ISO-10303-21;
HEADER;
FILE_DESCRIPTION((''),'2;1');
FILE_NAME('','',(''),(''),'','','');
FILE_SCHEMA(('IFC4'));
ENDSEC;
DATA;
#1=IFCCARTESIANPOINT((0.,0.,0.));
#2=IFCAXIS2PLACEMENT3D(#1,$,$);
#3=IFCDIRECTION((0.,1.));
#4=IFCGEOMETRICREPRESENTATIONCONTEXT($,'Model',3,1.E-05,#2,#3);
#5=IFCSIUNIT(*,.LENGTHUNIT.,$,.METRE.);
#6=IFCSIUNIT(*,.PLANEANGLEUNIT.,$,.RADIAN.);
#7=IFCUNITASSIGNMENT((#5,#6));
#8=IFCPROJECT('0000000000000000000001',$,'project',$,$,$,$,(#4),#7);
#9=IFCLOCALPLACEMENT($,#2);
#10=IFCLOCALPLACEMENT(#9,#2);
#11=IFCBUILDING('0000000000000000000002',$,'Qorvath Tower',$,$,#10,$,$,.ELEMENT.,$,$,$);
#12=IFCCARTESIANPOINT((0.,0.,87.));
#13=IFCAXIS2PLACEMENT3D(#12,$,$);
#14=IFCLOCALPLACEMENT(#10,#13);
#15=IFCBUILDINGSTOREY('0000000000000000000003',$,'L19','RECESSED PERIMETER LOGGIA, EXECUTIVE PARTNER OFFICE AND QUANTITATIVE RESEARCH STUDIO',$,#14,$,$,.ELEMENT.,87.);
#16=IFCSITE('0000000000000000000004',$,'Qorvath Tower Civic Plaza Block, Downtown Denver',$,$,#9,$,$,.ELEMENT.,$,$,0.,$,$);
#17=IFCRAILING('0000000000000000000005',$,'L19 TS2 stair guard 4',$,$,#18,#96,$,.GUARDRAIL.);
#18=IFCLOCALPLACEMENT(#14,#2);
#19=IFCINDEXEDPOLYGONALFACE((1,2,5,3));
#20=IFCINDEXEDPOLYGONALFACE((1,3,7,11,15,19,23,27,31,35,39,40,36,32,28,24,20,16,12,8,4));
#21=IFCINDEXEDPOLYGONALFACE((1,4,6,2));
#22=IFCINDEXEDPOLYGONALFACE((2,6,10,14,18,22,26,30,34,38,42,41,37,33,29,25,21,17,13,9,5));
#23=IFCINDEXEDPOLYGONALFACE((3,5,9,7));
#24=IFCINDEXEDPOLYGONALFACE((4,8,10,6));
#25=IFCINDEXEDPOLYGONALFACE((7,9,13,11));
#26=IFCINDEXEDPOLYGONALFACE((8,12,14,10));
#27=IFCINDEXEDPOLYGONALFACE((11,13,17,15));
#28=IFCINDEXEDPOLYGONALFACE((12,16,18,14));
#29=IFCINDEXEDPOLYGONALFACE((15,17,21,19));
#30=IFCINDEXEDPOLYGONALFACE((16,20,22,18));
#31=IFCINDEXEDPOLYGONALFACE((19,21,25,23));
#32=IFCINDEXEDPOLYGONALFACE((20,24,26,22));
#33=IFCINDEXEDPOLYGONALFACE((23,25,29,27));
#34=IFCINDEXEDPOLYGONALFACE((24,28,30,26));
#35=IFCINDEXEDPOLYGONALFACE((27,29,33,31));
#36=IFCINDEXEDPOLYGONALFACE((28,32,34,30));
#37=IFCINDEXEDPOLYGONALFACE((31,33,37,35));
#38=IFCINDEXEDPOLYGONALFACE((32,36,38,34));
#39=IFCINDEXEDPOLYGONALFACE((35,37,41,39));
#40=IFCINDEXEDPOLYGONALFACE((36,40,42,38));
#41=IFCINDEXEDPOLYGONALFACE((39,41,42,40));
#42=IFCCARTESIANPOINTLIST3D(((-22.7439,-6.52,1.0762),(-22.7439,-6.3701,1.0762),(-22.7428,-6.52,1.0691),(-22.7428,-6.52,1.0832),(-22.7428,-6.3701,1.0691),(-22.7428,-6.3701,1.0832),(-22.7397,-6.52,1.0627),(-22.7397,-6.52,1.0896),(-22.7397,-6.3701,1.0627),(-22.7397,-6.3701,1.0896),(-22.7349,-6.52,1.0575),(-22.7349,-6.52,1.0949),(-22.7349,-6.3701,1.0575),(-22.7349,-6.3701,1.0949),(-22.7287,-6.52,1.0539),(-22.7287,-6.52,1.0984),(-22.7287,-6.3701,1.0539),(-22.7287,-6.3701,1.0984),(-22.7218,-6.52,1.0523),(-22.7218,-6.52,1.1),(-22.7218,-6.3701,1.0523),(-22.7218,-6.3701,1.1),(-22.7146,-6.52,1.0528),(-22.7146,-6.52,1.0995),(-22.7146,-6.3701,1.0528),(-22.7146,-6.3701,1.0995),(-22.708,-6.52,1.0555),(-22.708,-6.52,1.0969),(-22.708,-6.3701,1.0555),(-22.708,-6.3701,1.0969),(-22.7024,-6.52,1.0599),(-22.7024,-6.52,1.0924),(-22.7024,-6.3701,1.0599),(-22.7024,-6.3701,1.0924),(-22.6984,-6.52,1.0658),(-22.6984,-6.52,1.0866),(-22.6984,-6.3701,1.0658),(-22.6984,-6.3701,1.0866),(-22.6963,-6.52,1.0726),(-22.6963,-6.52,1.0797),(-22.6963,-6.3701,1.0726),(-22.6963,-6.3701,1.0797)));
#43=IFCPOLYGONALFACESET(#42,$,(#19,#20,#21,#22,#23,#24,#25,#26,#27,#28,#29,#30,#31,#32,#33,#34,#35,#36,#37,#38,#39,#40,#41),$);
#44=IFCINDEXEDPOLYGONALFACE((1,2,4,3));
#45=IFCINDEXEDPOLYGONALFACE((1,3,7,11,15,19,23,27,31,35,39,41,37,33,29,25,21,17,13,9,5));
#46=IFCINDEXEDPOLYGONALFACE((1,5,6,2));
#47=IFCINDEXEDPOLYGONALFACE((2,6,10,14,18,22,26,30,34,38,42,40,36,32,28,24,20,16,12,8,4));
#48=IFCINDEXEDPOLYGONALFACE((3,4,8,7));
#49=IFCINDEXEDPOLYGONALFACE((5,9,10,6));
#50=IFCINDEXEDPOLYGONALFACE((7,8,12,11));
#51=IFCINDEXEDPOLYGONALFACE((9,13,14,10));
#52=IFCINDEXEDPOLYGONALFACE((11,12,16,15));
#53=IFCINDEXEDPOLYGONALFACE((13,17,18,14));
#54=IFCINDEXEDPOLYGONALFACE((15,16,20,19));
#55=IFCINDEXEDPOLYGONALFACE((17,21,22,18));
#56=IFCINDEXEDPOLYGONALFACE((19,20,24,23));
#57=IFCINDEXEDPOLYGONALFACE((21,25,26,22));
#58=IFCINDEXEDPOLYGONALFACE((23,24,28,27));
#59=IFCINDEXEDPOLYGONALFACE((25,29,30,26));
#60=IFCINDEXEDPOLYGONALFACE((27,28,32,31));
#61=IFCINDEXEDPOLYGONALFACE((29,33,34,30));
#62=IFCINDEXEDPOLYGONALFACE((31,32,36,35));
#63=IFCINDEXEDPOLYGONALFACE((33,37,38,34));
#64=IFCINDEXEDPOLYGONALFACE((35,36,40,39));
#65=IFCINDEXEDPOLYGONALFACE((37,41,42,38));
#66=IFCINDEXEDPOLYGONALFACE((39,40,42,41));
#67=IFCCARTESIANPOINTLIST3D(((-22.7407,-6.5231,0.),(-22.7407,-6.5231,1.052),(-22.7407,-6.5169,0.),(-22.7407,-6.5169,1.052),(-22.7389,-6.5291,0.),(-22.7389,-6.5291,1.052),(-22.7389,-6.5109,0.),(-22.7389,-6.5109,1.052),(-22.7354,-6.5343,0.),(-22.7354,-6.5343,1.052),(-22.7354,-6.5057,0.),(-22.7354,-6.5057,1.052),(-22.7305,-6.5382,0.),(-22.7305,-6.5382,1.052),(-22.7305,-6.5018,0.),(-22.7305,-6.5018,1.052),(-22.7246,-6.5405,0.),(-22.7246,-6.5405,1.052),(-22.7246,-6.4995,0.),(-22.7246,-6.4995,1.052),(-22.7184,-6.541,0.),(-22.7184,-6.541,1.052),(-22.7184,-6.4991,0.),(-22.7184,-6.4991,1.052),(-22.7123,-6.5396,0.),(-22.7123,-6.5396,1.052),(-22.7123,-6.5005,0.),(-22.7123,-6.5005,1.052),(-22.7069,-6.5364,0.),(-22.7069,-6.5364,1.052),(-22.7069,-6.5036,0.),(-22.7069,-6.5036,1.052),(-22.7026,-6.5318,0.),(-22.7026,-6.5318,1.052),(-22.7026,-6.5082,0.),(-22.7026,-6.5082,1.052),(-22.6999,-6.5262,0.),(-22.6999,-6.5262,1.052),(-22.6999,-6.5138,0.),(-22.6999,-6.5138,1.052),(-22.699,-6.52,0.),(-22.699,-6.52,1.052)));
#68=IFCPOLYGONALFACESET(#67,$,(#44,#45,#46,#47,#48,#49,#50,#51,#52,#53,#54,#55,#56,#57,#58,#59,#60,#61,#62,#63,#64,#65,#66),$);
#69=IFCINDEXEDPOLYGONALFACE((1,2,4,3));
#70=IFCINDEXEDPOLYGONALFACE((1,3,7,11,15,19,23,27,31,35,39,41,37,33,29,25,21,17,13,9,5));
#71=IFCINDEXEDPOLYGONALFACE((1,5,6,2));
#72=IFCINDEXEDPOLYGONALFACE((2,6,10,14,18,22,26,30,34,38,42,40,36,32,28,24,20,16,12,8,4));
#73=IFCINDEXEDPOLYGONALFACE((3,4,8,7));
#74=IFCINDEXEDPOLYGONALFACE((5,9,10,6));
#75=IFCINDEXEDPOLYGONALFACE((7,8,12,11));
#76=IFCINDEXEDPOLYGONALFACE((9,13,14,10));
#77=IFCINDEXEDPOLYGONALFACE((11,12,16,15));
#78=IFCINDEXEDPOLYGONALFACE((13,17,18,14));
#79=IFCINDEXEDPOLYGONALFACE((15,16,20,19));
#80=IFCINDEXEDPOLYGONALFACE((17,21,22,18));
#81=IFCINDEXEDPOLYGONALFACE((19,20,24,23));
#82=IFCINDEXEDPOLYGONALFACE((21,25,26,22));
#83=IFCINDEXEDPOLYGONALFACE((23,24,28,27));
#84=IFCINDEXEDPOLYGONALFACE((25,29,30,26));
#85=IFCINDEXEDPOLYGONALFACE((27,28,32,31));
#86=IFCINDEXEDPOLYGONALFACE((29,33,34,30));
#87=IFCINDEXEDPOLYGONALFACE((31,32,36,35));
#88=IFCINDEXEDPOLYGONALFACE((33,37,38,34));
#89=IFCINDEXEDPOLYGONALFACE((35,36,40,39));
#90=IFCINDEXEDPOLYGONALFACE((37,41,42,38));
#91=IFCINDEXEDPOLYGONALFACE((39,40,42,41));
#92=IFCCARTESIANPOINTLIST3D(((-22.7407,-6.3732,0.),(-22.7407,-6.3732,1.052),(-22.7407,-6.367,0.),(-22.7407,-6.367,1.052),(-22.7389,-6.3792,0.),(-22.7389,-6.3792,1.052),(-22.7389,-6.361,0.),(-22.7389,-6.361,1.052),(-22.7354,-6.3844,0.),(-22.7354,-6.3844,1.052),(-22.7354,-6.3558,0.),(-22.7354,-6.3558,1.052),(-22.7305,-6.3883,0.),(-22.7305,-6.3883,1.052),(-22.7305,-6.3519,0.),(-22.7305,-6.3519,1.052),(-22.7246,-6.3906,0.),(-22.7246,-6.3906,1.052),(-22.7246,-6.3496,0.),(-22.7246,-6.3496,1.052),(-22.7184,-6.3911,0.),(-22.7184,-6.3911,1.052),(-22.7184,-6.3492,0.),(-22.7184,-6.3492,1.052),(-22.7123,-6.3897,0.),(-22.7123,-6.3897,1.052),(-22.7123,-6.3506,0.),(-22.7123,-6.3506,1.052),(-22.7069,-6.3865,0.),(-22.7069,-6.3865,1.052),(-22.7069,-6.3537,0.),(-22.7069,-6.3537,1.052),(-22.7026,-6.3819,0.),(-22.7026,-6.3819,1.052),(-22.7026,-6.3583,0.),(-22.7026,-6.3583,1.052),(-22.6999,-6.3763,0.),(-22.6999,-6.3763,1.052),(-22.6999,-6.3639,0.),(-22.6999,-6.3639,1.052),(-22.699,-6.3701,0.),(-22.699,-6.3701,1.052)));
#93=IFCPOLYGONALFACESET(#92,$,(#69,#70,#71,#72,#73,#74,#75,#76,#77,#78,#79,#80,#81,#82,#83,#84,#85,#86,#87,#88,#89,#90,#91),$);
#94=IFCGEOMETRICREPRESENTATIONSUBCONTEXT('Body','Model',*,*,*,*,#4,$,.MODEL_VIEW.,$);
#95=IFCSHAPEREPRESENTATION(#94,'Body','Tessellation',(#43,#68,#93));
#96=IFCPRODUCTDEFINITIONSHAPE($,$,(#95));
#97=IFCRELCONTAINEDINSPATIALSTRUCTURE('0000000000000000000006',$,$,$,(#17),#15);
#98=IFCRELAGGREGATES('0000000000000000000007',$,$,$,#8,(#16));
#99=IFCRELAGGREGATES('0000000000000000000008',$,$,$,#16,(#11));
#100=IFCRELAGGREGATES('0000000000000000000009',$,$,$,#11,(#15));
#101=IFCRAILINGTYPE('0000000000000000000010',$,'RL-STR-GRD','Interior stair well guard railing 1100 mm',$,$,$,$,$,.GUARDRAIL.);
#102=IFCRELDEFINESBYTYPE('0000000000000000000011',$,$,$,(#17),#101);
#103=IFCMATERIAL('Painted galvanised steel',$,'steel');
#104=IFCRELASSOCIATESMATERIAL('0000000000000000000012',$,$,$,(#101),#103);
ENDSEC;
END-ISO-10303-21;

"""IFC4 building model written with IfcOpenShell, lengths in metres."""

from ifc_helpers import new_model, si_unit, direction, frame, origin, origin_2d, place, context, subcontext, project, spatial, circle, extrude, material, type_object, element, save


model = new_model("IFC4")

# Units and contexts
model_context = context("Model", 3, precision=1e-05, world=origin(), true_north=direction((0.0, 1.0)))
body_context = subcontext(model_context, "Body", "Model", "MODEL_VIEW")
ifc_project = project(units=[si_unit("LENGTHUNIT", "METRE"), si_unit("PLANEANGLEUNIT", "RADIAN")], contexts=[model_context])

# Site, building, storey
site_placement = place(None, origin())
site = spatial("IfcSite", under=ifc_project, at=site_placement, Name="Qorvath Tower Civic Plaza Block, Downtown Denver", CompositionType="ELEMENT", RefElevation=0.0)
building_placement = place(site_placement, origin())
building = spatial("IfcBuilding", under=site, at=building_placement, Name="Qorvath Tower", CompositionType="ELEMENT")
storey_placement = place(building_placement, frame((0.0, 0.0, 87.0)))
storey = spatial("IfcBuildingStorey", under=building, at=storey_placement, Name="L19", Description="RECESSED PERIMETER LOGGIA, EXECUTIVE PARTNER OFFICE AND QUANTITATIVE RESEARCH STUDIO", CompositionType="ELEMENT", Elevation=87.0)

# Railing
ifc_material_1 = material(Name="Painted galvanised steel", Category="steel")
railing_type_1 = type_object("IfcRailingType", Name="RL-STR-GRD", Description="Interior stair well guard railing 1100 mm", PredefinedType="GUARDRAIL", material=ifc_material_1)
railing_1_placement = place(storey_placement, frame((-22.72, -6.52, 0.0)))
element("IfcRailing", 1, at=railing_1_placement, inside=storey, type_object=railing_type_1, Name="L19 TS2 stair guard 4", PredefinedType="GUARDRAIL", context=body_context, shape_type="SweptSolid", body=[
    extrude(circle(Radius=0.0239, at=origin_2d()), frame((0.0, 0.0, 1.0762), z_axis=(0.0, 1.0, 0.0), x_axis=(-1.0, 0.0, 0.0)), (0.0, 0.0, 1.0), 0.1499),
    extrude(circle(Radius=0.021, at=origin_2d()), origin(), (0.0, 0.0, 1.0), 1.052),
    extrude(circle(Radius=0.021, at=origin_2d()), frame((0.0, 0.1499, 0.0)), (0.0, 0.0, 1.0), 1.052),
])

save(model, "model.ifc")
